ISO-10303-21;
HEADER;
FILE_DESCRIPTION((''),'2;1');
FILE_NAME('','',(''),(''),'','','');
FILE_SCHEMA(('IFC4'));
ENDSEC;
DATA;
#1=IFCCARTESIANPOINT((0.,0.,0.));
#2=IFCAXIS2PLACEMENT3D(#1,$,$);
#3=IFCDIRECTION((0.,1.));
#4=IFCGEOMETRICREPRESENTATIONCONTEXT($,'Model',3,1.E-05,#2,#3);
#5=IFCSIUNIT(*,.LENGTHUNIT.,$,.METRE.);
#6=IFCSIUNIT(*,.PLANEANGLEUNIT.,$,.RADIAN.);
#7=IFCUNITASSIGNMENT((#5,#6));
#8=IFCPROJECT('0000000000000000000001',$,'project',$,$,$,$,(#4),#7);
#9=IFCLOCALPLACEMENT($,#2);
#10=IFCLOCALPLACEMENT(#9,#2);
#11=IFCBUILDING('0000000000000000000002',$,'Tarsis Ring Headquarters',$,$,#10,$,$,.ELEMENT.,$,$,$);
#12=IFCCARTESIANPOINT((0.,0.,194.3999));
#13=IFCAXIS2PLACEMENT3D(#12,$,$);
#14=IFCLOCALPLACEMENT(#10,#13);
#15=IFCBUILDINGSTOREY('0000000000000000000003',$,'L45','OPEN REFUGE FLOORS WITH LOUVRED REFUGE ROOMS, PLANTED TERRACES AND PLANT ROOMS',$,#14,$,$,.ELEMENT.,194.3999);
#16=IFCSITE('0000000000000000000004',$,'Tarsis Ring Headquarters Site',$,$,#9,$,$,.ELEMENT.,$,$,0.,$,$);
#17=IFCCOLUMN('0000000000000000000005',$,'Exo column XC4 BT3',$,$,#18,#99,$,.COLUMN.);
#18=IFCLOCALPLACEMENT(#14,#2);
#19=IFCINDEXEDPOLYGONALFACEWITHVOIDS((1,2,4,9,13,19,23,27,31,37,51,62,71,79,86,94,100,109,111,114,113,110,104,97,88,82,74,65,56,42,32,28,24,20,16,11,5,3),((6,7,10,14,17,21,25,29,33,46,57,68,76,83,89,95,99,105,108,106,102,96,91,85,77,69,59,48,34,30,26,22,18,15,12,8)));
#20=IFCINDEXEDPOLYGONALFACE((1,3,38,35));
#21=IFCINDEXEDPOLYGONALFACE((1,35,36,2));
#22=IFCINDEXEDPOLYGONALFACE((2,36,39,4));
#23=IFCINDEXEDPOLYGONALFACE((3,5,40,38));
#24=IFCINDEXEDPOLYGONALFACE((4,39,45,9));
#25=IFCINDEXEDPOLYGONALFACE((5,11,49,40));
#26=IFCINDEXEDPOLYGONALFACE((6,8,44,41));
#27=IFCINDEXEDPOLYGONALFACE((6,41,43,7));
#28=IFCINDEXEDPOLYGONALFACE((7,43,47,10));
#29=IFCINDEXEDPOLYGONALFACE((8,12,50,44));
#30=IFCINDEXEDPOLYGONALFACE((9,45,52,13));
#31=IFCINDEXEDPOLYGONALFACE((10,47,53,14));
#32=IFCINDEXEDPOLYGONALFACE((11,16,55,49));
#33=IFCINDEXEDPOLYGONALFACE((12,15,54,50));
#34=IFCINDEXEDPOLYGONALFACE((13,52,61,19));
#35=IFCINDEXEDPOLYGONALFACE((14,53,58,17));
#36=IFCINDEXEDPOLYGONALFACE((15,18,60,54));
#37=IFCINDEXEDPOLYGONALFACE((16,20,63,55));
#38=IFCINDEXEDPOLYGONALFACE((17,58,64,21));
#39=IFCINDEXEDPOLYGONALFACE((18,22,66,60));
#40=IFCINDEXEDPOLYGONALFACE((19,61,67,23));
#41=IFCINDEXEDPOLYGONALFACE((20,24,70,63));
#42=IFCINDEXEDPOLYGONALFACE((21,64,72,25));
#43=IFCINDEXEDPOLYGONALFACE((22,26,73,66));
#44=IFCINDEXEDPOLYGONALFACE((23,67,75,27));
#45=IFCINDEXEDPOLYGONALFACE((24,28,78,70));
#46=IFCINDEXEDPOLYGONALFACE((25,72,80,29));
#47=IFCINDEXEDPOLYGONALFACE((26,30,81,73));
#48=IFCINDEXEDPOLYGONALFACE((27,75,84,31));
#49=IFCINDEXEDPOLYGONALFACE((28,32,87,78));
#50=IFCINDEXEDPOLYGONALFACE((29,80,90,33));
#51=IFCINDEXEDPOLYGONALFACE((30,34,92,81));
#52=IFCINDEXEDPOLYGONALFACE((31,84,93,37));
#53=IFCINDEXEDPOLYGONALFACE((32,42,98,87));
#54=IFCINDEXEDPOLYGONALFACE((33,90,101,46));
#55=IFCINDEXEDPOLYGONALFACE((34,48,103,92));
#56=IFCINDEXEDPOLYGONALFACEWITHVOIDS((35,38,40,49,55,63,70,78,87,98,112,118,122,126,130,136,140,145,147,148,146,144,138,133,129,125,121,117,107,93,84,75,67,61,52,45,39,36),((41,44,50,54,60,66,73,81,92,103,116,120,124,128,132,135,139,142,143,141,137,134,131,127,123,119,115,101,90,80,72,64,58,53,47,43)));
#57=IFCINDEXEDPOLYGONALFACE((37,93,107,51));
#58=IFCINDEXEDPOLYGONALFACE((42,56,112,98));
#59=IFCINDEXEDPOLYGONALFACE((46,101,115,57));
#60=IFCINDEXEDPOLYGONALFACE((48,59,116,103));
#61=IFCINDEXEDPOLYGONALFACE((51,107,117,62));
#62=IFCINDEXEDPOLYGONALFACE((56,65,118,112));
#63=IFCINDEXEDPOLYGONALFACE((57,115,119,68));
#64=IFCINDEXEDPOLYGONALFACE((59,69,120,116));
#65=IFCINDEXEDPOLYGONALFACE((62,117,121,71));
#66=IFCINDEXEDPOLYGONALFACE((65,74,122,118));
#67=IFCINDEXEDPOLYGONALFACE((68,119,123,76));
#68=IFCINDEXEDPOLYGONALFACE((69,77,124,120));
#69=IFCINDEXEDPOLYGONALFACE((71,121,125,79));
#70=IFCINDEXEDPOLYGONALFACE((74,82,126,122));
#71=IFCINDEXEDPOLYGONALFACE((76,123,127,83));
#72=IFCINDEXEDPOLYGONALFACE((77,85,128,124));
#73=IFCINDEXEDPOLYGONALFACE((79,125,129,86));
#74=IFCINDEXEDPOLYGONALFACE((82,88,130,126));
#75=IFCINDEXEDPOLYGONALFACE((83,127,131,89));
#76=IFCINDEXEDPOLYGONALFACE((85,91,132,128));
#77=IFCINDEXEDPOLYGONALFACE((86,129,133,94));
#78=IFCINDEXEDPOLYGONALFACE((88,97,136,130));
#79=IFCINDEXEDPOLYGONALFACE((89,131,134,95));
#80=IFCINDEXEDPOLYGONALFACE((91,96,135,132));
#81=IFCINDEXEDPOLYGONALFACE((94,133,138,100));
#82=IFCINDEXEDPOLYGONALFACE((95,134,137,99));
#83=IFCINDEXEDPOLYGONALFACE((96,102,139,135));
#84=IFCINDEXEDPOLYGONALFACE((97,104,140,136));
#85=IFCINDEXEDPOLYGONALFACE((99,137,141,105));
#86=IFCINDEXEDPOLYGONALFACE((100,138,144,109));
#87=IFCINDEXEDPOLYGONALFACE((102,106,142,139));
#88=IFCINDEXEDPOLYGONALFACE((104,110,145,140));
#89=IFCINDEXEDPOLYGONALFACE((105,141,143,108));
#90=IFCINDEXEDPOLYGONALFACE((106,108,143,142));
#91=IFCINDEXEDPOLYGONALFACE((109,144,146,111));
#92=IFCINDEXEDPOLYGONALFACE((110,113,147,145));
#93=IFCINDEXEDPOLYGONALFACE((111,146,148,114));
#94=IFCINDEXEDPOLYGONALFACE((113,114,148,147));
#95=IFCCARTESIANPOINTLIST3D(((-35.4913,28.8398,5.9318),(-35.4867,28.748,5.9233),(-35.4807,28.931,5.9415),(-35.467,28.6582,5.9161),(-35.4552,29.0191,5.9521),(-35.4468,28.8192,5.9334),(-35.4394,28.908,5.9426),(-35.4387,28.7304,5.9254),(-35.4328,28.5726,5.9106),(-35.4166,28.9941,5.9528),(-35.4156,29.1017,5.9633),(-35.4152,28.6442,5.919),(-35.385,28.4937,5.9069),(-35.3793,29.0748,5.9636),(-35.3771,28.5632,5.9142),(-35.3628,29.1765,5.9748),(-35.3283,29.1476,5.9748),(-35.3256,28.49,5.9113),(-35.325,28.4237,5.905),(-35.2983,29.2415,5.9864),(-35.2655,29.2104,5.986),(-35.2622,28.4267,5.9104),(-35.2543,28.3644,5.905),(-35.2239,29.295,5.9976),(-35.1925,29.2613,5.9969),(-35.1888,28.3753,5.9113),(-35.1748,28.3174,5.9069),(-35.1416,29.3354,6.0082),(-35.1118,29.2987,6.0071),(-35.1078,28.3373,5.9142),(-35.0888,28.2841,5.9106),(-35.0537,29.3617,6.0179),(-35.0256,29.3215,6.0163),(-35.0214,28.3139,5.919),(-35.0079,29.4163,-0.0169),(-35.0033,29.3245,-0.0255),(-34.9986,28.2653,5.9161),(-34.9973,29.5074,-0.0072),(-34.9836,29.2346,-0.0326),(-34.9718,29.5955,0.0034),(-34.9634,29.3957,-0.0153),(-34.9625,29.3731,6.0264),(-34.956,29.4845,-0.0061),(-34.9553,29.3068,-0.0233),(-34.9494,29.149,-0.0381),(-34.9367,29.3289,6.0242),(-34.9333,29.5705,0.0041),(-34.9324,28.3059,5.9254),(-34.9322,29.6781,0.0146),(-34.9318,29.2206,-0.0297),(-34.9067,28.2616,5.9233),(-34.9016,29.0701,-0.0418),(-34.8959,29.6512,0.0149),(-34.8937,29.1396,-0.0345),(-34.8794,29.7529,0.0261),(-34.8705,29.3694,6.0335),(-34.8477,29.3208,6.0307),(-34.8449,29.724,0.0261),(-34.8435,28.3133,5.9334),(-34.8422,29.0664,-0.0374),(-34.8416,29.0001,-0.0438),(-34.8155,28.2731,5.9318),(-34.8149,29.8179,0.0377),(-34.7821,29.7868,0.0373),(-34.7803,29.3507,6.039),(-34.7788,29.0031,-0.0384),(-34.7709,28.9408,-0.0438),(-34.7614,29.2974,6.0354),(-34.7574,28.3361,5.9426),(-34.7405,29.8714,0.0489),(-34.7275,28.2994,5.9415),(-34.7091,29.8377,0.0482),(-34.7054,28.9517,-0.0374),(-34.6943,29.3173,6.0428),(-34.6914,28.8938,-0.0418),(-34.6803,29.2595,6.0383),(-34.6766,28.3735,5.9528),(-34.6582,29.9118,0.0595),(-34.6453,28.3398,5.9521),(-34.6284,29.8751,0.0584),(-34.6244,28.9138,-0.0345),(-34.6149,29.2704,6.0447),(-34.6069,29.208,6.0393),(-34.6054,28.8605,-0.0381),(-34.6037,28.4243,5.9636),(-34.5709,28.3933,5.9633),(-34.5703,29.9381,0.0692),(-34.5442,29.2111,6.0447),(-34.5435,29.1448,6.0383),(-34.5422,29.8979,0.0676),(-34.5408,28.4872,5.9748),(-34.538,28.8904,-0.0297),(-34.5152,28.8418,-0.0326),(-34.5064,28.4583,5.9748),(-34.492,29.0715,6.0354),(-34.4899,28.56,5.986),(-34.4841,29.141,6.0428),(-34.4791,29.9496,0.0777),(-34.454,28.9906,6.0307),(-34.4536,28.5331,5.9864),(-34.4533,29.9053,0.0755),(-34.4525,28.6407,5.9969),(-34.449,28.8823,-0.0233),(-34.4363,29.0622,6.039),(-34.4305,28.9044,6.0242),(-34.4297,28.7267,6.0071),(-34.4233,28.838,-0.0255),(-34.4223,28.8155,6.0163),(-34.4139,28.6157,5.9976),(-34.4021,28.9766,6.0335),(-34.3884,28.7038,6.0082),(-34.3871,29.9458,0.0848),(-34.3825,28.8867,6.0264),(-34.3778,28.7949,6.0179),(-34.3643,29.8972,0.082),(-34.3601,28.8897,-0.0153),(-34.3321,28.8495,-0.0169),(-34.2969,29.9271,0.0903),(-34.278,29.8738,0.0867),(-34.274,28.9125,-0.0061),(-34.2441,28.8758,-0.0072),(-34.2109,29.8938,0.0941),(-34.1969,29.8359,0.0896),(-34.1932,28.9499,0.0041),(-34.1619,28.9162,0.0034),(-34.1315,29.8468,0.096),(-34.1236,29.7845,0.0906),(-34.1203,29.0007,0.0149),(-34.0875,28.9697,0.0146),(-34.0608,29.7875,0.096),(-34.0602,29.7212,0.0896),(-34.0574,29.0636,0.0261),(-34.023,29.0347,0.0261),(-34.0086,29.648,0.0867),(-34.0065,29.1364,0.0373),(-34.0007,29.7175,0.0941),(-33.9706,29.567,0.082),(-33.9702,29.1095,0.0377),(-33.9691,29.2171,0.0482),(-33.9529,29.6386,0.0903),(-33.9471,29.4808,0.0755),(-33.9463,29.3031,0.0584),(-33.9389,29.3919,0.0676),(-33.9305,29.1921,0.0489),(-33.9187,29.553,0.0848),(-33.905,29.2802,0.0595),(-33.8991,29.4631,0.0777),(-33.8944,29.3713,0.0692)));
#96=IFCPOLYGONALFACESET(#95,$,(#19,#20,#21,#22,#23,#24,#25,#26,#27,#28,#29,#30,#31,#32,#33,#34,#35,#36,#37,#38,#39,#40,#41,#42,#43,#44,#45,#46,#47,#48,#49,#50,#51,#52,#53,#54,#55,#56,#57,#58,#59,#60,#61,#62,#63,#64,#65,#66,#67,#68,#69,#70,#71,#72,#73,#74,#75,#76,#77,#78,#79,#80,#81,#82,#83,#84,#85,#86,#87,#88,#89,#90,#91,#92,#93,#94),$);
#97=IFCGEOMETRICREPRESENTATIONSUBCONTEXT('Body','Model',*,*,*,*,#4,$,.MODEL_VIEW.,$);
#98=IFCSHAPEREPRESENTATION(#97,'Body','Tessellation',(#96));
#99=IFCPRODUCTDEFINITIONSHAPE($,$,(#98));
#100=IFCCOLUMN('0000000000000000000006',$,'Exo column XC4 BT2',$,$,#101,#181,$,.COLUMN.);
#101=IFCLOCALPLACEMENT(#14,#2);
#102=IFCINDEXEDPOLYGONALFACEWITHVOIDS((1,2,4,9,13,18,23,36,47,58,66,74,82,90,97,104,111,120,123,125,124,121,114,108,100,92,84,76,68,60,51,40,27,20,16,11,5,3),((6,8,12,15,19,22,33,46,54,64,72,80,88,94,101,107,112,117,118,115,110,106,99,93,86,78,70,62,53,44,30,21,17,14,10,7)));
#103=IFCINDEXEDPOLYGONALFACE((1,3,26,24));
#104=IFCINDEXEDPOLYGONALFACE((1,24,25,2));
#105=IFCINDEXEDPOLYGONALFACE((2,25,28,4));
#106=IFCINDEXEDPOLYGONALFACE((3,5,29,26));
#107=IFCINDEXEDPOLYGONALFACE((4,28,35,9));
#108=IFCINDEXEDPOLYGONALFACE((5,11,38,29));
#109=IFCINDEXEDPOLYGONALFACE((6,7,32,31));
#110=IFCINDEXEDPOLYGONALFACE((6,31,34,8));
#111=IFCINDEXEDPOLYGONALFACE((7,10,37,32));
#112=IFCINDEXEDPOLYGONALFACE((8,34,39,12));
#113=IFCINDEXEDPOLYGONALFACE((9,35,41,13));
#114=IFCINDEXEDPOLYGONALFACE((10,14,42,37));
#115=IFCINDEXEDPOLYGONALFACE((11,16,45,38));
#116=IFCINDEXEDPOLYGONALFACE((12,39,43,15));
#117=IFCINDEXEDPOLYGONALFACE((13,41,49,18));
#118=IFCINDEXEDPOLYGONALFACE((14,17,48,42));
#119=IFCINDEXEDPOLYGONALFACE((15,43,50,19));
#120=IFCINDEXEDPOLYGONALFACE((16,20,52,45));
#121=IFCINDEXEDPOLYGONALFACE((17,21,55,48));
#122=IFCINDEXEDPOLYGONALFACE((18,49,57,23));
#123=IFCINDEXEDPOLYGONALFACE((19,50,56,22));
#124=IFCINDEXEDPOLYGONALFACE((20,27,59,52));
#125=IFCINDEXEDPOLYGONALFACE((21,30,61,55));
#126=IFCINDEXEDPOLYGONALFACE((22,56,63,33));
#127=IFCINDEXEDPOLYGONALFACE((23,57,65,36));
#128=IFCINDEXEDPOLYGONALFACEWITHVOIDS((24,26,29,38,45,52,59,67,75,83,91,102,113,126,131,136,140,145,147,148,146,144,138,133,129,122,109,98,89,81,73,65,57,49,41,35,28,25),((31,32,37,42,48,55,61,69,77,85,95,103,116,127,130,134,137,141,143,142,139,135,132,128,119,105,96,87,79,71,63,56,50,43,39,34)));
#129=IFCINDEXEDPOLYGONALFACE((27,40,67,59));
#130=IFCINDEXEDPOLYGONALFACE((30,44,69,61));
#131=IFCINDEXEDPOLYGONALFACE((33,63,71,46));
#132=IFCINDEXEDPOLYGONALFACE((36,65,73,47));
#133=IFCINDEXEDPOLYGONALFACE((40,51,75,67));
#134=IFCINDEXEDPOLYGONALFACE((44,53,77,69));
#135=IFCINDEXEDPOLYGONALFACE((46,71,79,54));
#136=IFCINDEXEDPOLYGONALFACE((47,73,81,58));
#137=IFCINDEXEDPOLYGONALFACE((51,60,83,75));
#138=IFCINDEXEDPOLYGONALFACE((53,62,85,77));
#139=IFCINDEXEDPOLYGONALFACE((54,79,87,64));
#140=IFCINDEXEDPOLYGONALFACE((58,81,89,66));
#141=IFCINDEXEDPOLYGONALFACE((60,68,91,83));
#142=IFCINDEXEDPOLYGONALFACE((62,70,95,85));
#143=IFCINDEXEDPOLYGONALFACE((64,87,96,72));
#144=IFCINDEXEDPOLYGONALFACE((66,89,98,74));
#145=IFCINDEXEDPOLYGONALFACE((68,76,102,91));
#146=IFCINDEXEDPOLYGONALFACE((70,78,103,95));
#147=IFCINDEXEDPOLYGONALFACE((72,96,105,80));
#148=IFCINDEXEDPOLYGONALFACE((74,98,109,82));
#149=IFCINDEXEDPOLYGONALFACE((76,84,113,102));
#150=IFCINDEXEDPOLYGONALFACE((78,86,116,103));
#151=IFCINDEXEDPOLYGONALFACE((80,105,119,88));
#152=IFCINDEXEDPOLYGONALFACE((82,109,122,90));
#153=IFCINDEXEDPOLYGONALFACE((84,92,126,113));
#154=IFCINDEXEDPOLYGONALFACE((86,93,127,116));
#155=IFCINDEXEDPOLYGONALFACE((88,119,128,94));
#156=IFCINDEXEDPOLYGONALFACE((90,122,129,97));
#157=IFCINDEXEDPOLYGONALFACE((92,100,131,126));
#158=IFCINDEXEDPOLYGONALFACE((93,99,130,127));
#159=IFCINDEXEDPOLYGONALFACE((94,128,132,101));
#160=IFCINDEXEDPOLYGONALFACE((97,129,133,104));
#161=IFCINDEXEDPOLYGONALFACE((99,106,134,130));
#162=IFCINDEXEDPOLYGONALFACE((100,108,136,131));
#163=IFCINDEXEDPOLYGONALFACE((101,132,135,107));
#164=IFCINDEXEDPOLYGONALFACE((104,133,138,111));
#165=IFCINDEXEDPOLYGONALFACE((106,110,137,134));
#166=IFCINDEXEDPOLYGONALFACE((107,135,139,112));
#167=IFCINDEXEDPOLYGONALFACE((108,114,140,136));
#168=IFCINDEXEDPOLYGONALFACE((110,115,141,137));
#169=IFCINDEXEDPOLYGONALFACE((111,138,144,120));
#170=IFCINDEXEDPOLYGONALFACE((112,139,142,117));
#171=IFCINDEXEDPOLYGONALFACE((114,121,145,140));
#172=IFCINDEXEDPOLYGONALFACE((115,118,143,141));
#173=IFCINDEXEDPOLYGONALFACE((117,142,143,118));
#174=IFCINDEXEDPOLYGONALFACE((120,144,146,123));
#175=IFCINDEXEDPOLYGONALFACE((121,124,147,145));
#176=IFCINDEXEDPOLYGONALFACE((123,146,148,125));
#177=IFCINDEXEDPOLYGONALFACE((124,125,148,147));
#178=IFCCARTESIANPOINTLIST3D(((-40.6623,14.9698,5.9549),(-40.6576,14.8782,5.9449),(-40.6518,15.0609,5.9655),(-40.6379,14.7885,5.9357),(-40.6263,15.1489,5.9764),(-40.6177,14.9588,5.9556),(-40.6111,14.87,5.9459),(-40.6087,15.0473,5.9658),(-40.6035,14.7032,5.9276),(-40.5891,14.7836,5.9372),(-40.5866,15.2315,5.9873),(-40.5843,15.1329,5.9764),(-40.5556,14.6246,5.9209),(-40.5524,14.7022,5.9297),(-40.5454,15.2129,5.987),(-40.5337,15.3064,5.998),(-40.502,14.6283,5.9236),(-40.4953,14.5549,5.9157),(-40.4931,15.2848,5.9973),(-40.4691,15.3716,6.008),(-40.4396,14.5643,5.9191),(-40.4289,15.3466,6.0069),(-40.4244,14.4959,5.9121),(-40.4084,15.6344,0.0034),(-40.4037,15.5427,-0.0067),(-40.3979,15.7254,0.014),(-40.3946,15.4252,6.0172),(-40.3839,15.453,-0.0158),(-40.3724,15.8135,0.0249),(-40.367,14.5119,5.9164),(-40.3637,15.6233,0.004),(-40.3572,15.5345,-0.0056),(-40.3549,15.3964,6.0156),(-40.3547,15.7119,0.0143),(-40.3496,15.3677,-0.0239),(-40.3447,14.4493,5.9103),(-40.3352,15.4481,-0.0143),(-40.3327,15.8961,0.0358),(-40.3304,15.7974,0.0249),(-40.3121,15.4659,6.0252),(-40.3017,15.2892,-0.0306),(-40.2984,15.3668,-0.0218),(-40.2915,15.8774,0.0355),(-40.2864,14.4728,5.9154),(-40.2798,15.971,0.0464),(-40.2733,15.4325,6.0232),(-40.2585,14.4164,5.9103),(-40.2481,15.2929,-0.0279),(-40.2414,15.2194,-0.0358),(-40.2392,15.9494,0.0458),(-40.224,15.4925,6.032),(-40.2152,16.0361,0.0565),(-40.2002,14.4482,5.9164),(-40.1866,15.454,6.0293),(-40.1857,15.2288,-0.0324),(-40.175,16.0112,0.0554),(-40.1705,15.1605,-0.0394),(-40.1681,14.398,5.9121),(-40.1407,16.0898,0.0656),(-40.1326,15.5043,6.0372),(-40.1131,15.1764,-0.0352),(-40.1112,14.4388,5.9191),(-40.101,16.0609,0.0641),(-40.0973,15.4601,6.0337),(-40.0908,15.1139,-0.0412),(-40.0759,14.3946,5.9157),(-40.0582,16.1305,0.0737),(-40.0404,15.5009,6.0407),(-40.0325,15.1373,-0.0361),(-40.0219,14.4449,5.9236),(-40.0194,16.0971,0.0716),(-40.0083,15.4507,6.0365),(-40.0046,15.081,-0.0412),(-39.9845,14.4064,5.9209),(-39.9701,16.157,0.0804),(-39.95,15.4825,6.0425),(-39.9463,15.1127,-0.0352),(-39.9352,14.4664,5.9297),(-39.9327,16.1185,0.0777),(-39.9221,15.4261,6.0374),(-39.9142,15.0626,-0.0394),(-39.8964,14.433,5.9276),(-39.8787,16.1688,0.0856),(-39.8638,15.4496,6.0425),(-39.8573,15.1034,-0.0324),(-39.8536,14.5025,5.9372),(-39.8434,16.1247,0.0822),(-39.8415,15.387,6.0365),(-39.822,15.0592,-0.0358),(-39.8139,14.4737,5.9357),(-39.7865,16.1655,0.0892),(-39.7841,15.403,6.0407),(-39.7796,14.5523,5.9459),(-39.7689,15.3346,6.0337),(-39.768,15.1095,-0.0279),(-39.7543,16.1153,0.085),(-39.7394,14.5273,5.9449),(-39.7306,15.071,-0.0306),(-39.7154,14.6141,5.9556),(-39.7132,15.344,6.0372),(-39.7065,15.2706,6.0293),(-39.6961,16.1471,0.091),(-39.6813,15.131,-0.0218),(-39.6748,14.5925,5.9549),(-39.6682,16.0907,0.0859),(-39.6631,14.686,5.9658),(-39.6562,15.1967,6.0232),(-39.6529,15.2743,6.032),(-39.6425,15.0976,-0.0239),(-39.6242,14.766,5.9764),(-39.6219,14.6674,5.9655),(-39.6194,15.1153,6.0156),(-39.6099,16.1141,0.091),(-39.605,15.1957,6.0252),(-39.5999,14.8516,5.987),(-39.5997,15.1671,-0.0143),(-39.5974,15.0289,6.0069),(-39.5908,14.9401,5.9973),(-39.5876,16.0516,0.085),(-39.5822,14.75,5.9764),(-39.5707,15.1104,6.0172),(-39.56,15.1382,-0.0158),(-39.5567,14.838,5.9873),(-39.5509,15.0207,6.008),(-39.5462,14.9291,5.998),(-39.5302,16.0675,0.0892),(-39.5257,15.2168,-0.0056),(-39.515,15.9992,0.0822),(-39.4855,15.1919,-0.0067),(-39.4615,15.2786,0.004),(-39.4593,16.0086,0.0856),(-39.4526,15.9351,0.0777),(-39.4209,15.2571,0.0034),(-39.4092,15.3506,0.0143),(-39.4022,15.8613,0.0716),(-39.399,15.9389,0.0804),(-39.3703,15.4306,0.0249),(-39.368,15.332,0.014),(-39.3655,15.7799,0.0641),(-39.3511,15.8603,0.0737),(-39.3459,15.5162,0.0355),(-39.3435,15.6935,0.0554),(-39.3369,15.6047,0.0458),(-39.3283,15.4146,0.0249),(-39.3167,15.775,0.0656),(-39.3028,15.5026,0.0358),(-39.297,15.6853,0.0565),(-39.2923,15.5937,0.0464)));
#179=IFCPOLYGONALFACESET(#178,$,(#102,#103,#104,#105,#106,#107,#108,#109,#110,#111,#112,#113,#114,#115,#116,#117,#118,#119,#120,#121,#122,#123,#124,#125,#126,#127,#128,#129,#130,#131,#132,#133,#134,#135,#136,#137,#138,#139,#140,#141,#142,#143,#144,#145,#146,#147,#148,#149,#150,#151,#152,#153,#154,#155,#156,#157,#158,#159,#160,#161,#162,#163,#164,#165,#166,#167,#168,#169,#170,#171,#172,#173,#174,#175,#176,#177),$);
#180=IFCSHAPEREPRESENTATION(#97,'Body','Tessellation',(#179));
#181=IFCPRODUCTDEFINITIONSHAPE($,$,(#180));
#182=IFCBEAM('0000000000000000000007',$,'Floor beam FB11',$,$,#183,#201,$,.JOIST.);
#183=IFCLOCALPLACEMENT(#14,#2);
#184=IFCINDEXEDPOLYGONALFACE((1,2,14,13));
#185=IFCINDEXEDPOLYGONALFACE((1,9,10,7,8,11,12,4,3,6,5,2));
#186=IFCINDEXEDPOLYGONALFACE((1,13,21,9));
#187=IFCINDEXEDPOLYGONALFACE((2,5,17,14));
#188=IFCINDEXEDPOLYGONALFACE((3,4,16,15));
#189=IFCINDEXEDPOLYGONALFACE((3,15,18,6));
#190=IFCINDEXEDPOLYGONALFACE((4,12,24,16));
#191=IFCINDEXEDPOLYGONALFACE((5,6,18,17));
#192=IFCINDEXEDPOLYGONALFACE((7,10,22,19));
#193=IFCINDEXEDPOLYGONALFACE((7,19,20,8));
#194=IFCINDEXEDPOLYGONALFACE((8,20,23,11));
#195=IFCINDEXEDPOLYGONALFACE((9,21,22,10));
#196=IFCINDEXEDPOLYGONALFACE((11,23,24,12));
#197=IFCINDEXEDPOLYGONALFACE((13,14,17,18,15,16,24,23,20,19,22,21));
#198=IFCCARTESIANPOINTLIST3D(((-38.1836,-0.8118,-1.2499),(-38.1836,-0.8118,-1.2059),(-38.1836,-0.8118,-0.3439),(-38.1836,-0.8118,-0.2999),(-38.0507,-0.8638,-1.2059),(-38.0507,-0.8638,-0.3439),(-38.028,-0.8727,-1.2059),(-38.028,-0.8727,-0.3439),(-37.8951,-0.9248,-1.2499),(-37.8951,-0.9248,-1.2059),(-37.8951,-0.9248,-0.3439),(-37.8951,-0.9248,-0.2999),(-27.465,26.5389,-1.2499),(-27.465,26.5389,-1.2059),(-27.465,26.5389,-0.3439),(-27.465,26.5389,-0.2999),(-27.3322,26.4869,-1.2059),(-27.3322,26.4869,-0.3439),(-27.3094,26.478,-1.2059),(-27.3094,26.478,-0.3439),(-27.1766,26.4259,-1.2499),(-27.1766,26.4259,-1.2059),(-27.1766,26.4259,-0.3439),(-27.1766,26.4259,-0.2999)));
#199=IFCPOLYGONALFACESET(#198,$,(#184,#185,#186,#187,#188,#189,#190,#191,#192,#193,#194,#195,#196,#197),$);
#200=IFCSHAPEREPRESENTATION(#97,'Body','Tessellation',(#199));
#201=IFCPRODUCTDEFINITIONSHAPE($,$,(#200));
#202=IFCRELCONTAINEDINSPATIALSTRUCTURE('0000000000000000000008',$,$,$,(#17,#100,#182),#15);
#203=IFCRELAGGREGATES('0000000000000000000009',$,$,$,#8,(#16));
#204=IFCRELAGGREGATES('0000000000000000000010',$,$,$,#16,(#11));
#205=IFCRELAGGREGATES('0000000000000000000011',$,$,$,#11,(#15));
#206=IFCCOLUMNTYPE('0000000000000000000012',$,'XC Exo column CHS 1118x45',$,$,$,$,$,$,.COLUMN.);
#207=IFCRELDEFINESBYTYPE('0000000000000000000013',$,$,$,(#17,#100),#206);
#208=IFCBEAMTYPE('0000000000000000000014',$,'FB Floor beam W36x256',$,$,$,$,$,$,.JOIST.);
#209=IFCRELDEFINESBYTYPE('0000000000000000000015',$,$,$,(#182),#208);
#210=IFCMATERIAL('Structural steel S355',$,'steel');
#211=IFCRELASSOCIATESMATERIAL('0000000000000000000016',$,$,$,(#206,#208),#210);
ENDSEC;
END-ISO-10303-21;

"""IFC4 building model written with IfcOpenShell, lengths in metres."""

from ifc_helpers import new_model, si_unit, direction, frame, origin, origin_2d, place, context, subcontext, project, spatial, hollow_circle, i_section, extrude, material, material_profile, profile_set, type_object, element, save


model = new_model("IFC4")

# Units and contexts
model_context = context("Model", 3, precision=1e-05, world=origin(), true_north=direction((0.0, 1.0)))
body_context = subcontext(model_context, "Body", "Model", "MODEL_VIEW")
ifc_project = project(units=[si_unit("LENGTHUNIT", "METRE"), si_unit("PLANEANGLEUNIT", "RADIAN")], contexts=[model_context])

# Site, building, storey
site_placement = place(None, origin())
site = spatial("IfcSite", under=ifc_project, at=site_placement, Name="Tarsis Ring Headquarters Site", CompositionType="ELEMENT", RefElevation=0.0)
building_placement = place(site_placement, origin())
building = spatial("IfcBuilding", under=site, at=building_placement, Name="Tarsis Ring Headquarters", CompositionType="ELEMENT")
storey_placement = place(building_placement, frame((0.0, 0.0, 194.3999)))
storey = spatial("IfcBuildingStorey", under=building, at=storey_placement, Name="L45", Description="OPEN REFUGE FLOORS WITH LOUVRED REFUGE ROOMS, PLANTED TERRACES AND PLANT ROOMS", CompositionType="ELEMENT", Elevation=194.3999)

# Columns
ifc_material_1 = material(Name="Structural steel S355", Category="steel")
ifc_material_profile_1 = material_profile(ifc_material_1, hollow_circle(Radius=0.5588, WallThickness=0.0449, at=origin_2d()), Name="CHS 1118x45")
ifc_profile_set_1 = profile_set([ifc_material_profile_1], Name="Structural steel S355")
column_type = type_object("IfcColumnType", Name="XC Exo column CHS 1118x45", PredefinedType="COLUMN", material=ifc_profile_set_1)
column_1_placement = place(storey_placement, frame((-34.4512, 29.3938, 0.0261), z_axis=(-0.080619, -0.096132, 0.992098), x_axis=(0.766222, -0.642575, 0.0)))
element("IfcColumn", 1, at=column_1_placement, inside=storey, type_object=column_type, Name="Exo column XC4 BT3", PredefinedType="COLUMN", context=body_context, shape_type="SweptSolid", body=[
    extrude(hollow_circle(Radius=0.5588, WallThickness=0.0449, at=origin_2d()), origin(), (0.0, 0.0, 1.0), 5.9961),
])
column_2_placement = place(storey_placement, frame((-39.8503, 15.614, 0.0249), z_axis=(-0.042362, -0.110873, 0.992931), x_axis=(0.934139, -0.356908, 0.0)))
element("IfcColumn", 2, at=column_2_placement, inside=storey, type_object=column_type, Name="Exo column XC4 BT2", PredefinedType="COLUMN", context=body_context, shape_type="SweptSolid", body=[
    extrude(hollow_circle(Radius=0.5588, WallThickness=0.0449, at=origin_2d()), origin(), (0.0, 0.0, 1.0), 5.9939),
])

# Beam
ifc_material_profile_2 = material_profile(ifc_material_1, i_section(OverallWidth=0.3098, OverallDepth=0.95, WebThickness=0.0244, FlangeThickness=0.0439, at=origin_2d()), Name="W36x256")
ifc_profile_set_2 = profile_set([ifc_material_profile_2], Name="Structural steel S355")
beam_type_1 = type_object("IfcBeamType", Name="FB Floor beam W36x256", PredefinedType="JOIST", material=ifc_profile_set_2)
for number, where, z_axis, x_axis, name in (
    (3, (-27.3208, 26.4824, -0.7749), (-0.364875, -0.931057, 0.0), (0.931057, -0.364875, 0.0), "Floor beam FB11"),
):
    element("IfcBeam", number, at=place(storey_placement, frame(where, z_axis=z_axis, x_axis=x_axis)), inside=storey, type_object=beam_type_1, Name=name, PredefinedType="JOIST", context=body_context, shape_type="SweptSolid", body=[
        extrude(i_section(OverallWidth=0.3098, OverallDepth=0.95, WebThickness=0.0244, FlangeThickness=0.0439, at=origin_2d()), origin(), (0.0, 0.0, 1.0), 29.376),
    ])

save(model, "model.ifc")
